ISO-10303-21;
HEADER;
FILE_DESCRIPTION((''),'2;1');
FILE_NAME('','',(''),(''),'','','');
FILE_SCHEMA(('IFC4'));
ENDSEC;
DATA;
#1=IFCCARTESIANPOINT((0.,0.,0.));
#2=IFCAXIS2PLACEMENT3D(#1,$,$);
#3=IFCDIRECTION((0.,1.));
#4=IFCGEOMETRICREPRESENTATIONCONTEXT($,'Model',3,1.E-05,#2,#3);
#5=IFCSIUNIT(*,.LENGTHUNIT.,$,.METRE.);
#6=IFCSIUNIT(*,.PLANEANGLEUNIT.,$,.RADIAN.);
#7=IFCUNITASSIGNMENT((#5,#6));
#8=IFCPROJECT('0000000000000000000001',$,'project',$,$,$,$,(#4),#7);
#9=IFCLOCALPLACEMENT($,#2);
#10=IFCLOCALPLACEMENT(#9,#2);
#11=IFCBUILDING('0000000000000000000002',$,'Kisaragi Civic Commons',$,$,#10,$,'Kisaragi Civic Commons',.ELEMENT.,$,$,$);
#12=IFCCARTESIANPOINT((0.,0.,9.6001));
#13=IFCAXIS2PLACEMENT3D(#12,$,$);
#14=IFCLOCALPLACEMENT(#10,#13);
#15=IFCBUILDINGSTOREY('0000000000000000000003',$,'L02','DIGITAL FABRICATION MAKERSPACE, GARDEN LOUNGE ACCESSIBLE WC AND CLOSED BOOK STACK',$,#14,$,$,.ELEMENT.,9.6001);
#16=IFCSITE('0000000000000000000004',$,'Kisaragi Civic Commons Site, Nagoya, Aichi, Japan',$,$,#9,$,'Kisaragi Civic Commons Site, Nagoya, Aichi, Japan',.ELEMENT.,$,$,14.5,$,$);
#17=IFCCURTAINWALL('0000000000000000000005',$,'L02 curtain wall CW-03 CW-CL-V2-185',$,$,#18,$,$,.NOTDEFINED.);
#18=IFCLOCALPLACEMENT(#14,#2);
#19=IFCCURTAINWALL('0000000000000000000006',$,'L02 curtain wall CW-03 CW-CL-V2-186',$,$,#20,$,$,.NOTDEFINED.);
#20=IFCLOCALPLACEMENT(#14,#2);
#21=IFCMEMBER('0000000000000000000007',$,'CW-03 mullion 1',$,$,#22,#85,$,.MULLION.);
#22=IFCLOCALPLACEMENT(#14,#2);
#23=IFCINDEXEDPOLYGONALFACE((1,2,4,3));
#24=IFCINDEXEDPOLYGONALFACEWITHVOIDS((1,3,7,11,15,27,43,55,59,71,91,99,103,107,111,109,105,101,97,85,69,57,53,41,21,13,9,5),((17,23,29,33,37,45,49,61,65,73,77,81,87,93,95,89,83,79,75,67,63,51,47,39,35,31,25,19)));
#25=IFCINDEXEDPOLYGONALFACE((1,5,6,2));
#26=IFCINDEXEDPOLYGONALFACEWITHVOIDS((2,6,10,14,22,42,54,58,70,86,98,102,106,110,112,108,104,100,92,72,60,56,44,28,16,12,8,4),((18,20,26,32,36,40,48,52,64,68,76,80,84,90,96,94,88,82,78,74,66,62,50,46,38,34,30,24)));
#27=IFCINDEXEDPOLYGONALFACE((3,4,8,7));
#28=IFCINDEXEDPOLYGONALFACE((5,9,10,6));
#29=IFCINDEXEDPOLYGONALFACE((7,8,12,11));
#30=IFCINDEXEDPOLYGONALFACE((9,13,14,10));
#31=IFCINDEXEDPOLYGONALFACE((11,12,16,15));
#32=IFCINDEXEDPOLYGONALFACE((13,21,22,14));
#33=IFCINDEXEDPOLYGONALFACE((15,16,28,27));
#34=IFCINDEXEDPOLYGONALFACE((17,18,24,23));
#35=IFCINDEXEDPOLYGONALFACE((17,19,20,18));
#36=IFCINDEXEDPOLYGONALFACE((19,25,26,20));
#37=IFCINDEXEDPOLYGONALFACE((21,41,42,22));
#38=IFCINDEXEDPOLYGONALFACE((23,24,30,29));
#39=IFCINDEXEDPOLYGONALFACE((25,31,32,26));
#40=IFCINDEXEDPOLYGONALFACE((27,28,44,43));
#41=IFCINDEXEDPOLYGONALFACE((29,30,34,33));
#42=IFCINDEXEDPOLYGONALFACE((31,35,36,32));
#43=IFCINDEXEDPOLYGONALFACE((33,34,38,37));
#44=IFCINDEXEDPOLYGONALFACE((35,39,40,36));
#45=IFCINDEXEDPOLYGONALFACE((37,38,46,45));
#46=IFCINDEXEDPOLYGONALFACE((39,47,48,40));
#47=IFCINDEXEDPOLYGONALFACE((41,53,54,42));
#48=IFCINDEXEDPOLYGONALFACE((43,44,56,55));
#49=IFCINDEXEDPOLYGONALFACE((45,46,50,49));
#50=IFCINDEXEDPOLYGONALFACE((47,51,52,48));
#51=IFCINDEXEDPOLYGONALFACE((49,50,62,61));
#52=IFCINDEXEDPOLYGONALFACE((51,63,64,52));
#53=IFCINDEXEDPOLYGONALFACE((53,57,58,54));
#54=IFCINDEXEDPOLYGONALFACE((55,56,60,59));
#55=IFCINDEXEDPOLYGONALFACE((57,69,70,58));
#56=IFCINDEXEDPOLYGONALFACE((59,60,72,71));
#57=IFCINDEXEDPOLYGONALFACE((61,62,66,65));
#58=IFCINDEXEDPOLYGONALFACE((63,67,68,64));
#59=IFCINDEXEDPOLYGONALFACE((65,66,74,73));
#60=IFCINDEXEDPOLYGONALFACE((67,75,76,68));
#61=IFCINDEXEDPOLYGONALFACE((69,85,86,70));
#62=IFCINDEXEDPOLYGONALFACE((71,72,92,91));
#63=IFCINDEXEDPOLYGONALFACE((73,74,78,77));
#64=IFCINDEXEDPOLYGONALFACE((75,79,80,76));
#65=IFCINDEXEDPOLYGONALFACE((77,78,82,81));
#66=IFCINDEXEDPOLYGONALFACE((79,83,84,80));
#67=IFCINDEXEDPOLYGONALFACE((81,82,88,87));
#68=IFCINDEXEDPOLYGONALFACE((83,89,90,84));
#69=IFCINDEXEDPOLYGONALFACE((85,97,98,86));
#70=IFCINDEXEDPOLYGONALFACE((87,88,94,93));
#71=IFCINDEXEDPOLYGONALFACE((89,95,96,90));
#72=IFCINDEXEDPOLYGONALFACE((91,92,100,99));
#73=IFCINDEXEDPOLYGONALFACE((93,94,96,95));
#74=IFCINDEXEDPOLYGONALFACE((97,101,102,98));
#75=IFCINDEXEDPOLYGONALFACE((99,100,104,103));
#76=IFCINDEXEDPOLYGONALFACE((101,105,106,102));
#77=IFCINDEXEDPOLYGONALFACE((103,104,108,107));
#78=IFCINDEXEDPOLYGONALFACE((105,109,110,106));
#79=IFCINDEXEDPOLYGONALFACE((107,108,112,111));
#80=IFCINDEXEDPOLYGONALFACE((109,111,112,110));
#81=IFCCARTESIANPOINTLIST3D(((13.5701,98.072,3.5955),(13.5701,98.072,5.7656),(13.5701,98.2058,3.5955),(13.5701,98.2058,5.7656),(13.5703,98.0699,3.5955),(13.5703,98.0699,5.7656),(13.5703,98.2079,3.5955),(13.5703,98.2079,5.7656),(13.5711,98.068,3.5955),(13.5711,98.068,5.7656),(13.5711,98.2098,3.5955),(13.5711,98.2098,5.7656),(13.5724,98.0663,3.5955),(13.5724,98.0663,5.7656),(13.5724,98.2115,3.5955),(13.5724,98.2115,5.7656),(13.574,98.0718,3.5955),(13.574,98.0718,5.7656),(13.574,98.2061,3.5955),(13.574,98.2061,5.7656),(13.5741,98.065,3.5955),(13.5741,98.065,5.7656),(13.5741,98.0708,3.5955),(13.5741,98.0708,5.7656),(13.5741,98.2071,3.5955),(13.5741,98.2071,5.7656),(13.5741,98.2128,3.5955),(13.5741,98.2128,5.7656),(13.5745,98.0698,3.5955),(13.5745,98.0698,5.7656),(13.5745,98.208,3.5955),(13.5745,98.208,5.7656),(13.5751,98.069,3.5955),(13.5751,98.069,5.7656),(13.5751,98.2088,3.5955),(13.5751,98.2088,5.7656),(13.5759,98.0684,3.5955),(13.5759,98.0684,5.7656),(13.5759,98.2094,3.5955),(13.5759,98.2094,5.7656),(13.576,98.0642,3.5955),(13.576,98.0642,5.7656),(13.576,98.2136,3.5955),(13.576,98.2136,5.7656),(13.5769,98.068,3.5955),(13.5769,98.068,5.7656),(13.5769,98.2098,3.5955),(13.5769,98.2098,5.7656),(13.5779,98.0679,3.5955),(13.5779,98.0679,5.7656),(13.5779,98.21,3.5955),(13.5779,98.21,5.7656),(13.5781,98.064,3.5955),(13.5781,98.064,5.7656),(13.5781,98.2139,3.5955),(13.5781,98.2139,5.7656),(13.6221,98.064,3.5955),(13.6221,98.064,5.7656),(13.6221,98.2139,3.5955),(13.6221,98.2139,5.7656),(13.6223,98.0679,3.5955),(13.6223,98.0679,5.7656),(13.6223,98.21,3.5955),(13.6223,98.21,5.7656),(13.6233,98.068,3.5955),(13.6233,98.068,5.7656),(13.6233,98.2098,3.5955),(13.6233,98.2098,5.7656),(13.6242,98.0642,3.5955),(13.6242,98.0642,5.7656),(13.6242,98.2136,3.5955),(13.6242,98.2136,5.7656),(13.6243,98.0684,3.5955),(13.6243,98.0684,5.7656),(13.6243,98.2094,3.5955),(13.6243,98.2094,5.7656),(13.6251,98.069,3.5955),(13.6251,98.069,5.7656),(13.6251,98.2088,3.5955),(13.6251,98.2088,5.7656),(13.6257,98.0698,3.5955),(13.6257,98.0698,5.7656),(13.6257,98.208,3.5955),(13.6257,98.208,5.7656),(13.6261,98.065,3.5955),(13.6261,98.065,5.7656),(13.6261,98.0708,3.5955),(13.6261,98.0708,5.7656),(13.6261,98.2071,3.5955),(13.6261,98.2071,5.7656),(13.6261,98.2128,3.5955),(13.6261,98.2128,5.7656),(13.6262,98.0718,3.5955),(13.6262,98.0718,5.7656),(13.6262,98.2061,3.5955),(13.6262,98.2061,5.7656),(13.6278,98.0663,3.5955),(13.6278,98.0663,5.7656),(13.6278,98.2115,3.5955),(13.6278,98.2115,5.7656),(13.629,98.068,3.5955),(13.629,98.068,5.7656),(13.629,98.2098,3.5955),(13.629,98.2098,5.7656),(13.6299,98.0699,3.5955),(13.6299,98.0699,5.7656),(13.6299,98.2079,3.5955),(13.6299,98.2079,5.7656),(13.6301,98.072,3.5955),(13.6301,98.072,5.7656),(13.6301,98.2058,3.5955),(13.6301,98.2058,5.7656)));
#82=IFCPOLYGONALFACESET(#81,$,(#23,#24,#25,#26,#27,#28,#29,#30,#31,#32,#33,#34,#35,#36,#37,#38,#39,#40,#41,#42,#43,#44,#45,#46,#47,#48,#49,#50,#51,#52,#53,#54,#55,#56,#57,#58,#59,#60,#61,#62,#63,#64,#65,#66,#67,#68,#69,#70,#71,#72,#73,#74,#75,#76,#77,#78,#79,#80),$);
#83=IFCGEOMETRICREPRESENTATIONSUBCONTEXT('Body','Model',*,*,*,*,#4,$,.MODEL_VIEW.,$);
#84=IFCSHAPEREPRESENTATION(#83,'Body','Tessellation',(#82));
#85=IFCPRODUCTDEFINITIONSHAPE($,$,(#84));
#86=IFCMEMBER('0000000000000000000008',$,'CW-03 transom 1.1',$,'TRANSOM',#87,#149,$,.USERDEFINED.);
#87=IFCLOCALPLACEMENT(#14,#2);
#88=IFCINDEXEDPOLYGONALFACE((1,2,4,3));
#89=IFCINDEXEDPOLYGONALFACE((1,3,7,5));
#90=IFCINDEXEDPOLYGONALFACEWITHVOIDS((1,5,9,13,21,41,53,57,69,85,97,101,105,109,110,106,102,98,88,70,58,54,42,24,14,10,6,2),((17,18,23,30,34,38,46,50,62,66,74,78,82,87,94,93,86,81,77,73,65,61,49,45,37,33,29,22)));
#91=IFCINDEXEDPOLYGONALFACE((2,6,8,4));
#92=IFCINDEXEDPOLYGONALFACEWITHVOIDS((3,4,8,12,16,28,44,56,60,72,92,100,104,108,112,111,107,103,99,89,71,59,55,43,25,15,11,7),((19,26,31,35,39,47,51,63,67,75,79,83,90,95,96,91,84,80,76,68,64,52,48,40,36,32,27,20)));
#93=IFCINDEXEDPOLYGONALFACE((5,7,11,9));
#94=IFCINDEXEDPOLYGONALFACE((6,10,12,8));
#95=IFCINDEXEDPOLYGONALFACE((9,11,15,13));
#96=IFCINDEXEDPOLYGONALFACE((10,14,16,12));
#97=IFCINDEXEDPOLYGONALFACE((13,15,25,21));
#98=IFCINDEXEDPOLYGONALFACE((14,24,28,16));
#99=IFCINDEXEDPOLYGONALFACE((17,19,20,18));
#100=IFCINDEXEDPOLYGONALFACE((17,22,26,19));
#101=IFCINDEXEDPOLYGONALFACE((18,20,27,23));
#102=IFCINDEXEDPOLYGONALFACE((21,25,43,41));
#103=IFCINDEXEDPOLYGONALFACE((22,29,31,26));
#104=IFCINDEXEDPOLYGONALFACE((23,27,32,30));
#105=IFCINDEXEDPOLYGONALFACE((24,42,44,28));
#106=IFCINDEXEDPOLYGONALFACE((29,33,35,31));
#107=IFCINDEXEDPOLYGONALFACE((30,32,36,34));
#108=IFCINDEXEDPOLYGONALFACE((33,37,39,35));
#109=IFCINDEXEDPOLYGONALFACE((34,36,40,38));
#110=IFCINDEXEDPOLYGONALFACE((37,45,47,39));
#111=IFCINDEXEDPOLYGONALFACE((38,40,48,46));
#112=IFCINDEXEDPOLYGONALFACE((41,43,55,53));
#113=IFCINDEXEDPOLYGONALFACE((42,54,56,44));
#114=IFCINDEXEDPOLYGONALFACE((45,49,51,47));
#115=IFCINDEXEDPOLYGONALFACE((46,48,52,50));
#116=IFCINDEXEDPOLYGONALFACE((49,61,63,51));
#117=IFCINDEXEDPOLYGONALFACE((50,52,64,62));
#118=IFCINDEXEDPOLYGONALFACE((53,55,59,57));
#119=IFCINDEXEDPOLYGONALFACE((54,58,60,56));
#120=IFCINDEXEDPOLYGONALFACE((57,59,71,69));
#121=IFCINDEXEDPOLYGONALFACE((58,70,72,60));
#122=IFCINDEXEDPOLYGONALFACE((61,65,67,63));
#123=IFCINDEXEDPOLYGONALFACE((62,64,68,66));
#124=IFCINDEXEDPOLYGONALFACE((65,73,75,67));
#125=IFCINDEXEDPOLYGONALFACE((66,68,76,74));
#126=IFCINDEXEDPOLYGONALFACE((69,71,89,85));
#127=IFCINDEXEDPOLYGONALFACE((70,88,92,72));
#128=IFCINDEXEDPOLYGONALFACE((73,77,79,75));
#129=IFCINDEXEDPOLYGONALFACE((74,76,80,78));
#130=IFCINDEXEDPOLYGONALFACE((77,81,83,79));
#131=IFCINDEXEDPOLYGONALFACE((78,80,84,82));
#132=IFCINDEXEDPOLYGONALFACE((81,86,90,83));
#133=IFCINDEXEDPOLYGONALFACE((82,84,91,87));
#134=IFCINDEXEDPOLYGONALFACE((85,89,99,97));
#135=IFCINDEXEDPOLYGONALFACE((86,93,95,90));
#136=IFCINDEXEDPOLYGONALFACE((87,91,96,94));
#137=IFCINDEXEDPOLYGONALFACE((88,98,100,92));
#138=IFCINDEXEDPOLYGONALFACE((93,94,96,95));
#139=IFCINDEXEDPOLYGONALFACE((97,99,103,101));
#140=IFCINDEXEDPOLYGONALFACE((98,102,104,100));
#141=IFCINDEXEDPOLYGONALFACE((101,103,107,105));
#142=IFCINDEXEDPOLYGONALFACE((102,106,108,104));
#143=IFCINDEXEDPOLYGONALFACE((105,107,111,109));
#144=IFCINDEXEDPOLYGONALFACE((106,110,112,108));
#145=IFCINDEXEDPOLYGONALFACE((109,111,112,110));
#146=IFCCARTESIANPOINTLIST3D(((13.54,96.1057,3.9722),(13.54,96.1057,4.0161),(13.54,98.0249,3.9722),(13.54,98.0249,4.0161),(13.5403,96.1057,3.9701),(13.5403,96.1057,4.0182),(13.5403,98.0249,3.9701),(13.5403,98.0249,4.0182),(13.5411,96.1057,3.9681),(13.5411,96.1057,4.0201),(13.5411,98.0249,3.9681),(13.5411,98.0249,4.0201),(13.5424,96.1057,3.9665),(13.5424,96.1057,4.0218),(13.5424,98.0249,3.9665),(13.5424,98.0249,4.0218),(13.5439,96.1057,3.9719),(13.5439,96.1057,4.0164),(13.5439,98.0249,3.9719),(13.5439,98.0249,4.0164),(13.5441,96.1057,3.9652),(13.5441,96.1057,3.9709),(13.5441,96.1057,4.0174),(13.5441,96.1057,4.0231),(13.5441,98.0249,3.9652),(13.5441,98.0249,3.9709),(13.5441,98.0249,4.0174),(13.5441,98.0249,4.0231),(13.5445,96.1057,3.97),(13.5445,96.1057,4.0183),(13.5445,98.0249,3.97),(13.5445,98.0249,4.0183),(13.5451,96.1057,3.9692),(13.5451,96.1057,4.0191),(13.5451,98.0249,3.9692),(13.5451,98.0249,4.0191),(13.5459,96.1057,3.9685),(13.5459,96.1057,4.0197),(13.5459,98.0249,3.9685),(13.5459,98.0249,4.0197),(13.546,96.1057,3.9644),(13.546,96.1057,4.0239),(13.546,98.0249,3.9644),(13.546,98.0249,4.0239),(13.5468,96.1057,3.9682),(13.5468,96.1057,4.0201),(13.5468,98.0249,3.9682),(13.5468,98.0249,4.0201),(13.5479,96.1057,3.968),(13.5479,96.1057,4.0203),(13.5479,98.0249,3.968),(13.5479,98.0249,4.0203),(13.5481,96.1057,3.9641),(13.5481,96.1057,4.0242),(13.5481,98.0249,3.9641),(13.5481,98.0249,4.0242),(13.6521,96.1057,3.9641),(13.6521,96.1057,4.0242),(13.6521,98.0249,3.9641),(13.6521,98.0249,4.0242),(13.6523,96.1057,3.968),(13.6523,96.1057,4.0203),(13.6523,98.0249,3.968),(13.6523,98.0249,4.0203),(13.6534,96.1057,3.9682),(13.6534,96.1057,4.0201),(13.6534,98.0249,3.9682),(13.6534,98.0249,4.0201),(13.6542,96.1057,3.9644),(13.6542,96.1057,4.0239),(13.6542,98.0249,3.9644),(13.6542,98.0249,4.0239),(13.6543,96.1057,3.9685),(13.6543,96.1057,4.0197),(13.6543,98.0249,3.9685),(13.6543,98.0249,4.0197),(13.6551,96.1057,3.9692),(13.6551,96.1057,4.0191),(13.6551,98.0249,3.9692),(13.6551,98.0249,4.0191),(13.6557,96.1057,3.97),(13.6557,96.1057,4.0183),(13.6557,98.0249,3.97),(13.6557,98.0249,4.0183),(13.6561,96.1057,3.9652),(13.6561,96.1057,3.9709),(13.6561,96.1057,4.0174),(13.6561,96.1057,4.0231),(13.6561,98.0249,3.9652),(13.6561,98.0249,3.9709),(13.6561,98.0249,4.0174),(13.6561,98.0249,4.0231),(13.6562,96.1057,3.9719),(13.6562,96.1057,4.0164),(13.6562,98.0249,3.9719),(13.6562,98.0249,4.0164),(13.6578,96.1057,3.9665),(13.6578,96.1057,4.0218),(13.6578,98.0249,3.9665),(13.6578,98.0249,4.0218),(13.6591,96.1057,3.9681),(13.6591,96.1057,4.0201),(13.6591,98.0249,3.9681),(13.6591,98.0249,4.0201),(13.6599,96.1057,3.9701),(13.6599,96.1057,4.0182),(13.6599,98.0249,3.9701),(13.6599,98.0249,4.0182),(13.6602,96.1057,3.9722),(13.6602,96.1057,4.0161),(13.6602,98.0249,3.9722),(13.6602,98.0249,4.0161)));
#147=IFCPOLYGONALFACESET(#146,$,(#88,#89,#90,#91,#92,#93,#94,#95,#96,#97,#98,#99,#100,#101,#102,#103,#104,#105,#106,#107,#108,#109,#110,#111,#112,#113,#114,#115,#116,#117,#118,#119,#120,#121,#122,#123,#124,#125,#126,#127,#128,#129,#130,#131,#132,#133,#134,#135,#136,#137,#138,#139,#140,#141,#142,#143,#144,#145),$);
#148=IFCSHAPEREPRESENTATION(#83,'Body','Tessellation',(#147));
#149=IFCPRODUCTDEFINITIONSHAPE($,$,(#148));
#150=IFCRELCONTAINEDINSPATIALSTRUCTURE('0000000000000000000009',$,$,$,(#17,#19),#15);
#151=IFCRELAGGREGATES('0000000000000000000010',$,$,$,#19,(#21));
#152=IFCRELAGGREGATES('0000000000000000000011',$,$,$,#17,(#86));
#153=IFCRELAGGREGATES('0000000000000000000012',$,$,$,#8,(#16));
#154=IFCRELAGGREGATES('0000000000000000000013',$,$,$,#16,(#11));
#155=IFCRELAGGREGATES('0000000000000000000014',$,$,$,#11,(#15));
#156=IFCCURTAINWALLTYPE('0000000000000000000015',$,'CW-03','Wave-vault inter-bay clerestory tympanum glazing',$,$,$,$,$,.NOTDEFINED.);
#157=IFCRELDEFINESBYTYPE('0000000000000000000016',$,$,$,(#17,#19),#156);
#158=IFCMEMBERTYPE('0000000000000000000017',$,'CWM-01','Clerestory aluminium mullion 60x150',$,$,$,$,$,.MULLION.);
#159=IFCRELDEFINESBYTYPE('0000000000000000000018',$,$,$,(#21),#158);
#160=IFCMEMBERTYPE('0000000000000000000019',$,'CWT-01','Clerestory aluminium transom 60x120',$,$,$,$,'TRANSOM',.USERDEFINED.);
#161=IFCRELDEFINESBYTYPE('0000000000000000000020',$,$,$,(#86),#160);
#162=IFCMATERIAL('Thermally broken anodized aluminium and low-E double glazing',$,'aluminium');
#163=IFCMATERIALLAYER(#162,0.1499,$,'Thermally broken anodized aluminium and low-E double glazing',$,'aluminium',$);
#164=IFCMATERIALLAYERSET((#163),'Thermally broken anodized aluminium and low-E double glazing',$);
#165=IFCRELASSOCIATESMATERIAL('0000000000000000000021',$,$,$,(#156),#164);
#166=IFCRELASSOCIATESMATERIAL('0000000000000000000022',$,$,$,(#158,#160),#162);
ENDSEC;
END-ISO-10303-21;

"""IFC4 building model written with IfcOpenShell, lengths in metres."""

from ifc_helpers import new_model, si_unit, direction, frame, origin, origin_2d, place, context, subcontext, project, spatial, hollow_rectangle, extrude, material, layer, layer_set, material_profile, profile_set, type_object, element, aggregate, save


model = new_model("IFC4")

# Units and contexts
model_context = context("Model", 3, precision=1e-05, world=origin(), true_north=direction((0.0, 1.0)))
body_context = subcontext(model_context, "Body", "Model", "MODEL_VIEW")
ifc_project = project(units=[si_unit("LENGTHUNIT", "METRE"), si_unit("PLANEANGLEUNIT", "RADIAN")], contexts=[model_context])

# Site, building, storey
site_placement = place(None, origin())
site = spatial("IfcSite", under=ifc_project, at=site_placement, Name="Kisaragi Civic Commons Site, Nagoya, Aichi, Japan", LongName="Kisaragi Civic Commons Site, Nagoya, Aichi, Japan", CompositionType="ELEMENT", RefElevation=14.5)
building_placement = place(site_placement, origin())
building = spatial("IfcBuilding", under=site, at=building_placement, Name="Kisaragi Civic Commons", LongName="Kisaragi Civic Commons", CompositionType="ELEMENT")
storey_placement = place(building_placement, frame((0.0, 0.0, 9.6001)))
storey = spatial("IfcBuildingStorey", under=building, at=storey_placement, Name="L02", Description="DIGITAL FABRICATION MAKERSPACE, GARDEN LOUNGE ACCESSIBLE WC AND CLOSED BOOK STACK", CompositionType="ELEMENT", Elevation=9.6001)

# Curtain wall
ifc_material_1 = material(Name="Thermally broken anodized aluminium and low-E double glazing", Category="aluminium")
ifc_layer_1 = layer(ifc_material_1, 0.1499, Name="Thermally broken anodized aluminium and low-E double glazing", Category="aluminium")
ifc_layer_set_1 = layer_set([ifc_layer_1], Name="Thermally broken anodized aluminium and low-E double glazing")
curtain_wall_type = type_object("IfcCurtainWallType", Name="CW-03", Description="Wave-vault inter-bay clerestory tympanum glazing", PredefinedType="NOTDEFINED", material=ifc_layer_set_1)
curtain_wall_1_placement = place(storey_placement, origin())
curtain_wall_1 = element("IfcCurtainWall", 1, at=curtain_wall_1_placement, inside=storey, type_object=curtain_wall_type, Name="L02 curtain wall CW-03 CW-CL-V2-185", PredefinedType="NOTDEFINED")
ifc_material_profile_1 = material_profile(ifc_material_1, hollow_rectangle(XDim=0.0601, YDim=0.1499, WallThickness=0.0039, InnerFilletRadius=0.0039, OuterFilletRadius=0.0081, at=origin_2d()), Name="CWM-60x150x4", Category="aluminium")
ifc_profile_set_1 = profile_set([ifc_material_profile_1], Name="Thermally broken anodized aluminium and low-E double glazing")
member_type_1 = type_object("IfcMemberType", Name="CWM-01", Description="Clerestory aluminium mullion 60x150", PredefinedType="MULLION", material=ifc_profile_set_1)

# Curtain wall, member
curtain_wall_2_placement = place(storey_placement, origin())
curtain_wall_2 = element("IfcCurtainWall", 2, at=curtain_wall_2_placement, inside=storey, type_object=curtain_wall_type, Name="L02 curtain wall CW-03 CW-CL-V2-186", PredefinedType="NOTDEFINED")
member_1_placement = place(storey_placement, frame((13.6001, 98.1389, 3.5955), z_axis=(0.0, 0.0, 1.0), x_axis=(-1.0, 0.0, 0.0)))
member_1 = element("IfcMember", 3, at=member_1_placement, type_object=member_type_1, Name="CW-03 mullion 1", PredefinedType="MULLION", context=body_context, shape_type="SweptSolid", body=[
    extrude(hollow_rectangle(XDim=0.0601, YDim=0.1499, WallThickness=0.0039, InnerFilletRadius=0.0039, OuterFilletRadius=0.0081, at=origin_2d()), origin(), (0.0, 0.0, 1.0), 2.1702),
])

# Member
ifc_material_profile_2 = material_profile(ifc_material_1, hollow_rectangle(XDim=0.1201, YDim=0.0601, WallThickness=0.0039, InnerFilletRadius=0.0039, OuterFilletRadius=0.0081, at=origin_2d()), Name="CWT-60x120x4", Category="aluminium")
ifc_profile_set_2 = profile_set([ifc_material_profile_2], Name="Thermally broken anodized aluminium and low-E double glazing")
member_type_2 = type_object("IfcMemberType", Name="CWT-01", Description="Clerestory aluminium transom 60x120", ElementType="TRANSOM", PredefinedType="USERDEFINED", material=ifc_profile_set_2)
member_2_placement = place(storey_placement, frame((13.6001, 96.1057, 3.9941), z_axis=(0.0, 1.0, 0.0), x_axis=(-1.0, 0.0, 0.0)))
member_2 = element("IfcMember", 4, at=member_2_placement, type_object=member_type_2, Name="CW-03 transom 1.1", ObjectType="TRANSOM", PredefinedType="USERDEFINED", context=body_context, shape_type="SweptSolid", body=[
    extrude(hollow_rectangle(XDim=0.1201, YDim=0.0601, WallThickness=0.0039, InnerFilletRadius=0.0039, OuterFilletRadius=0.0081, at=origin_2d()), origin(), (0.0, 0.0, 1.0), 1.9192),
])

aggregate(curtain_wall_2, [member_1])
aggregate(curtain_wall_1, [member_2])

save(model, "model.ifc")
